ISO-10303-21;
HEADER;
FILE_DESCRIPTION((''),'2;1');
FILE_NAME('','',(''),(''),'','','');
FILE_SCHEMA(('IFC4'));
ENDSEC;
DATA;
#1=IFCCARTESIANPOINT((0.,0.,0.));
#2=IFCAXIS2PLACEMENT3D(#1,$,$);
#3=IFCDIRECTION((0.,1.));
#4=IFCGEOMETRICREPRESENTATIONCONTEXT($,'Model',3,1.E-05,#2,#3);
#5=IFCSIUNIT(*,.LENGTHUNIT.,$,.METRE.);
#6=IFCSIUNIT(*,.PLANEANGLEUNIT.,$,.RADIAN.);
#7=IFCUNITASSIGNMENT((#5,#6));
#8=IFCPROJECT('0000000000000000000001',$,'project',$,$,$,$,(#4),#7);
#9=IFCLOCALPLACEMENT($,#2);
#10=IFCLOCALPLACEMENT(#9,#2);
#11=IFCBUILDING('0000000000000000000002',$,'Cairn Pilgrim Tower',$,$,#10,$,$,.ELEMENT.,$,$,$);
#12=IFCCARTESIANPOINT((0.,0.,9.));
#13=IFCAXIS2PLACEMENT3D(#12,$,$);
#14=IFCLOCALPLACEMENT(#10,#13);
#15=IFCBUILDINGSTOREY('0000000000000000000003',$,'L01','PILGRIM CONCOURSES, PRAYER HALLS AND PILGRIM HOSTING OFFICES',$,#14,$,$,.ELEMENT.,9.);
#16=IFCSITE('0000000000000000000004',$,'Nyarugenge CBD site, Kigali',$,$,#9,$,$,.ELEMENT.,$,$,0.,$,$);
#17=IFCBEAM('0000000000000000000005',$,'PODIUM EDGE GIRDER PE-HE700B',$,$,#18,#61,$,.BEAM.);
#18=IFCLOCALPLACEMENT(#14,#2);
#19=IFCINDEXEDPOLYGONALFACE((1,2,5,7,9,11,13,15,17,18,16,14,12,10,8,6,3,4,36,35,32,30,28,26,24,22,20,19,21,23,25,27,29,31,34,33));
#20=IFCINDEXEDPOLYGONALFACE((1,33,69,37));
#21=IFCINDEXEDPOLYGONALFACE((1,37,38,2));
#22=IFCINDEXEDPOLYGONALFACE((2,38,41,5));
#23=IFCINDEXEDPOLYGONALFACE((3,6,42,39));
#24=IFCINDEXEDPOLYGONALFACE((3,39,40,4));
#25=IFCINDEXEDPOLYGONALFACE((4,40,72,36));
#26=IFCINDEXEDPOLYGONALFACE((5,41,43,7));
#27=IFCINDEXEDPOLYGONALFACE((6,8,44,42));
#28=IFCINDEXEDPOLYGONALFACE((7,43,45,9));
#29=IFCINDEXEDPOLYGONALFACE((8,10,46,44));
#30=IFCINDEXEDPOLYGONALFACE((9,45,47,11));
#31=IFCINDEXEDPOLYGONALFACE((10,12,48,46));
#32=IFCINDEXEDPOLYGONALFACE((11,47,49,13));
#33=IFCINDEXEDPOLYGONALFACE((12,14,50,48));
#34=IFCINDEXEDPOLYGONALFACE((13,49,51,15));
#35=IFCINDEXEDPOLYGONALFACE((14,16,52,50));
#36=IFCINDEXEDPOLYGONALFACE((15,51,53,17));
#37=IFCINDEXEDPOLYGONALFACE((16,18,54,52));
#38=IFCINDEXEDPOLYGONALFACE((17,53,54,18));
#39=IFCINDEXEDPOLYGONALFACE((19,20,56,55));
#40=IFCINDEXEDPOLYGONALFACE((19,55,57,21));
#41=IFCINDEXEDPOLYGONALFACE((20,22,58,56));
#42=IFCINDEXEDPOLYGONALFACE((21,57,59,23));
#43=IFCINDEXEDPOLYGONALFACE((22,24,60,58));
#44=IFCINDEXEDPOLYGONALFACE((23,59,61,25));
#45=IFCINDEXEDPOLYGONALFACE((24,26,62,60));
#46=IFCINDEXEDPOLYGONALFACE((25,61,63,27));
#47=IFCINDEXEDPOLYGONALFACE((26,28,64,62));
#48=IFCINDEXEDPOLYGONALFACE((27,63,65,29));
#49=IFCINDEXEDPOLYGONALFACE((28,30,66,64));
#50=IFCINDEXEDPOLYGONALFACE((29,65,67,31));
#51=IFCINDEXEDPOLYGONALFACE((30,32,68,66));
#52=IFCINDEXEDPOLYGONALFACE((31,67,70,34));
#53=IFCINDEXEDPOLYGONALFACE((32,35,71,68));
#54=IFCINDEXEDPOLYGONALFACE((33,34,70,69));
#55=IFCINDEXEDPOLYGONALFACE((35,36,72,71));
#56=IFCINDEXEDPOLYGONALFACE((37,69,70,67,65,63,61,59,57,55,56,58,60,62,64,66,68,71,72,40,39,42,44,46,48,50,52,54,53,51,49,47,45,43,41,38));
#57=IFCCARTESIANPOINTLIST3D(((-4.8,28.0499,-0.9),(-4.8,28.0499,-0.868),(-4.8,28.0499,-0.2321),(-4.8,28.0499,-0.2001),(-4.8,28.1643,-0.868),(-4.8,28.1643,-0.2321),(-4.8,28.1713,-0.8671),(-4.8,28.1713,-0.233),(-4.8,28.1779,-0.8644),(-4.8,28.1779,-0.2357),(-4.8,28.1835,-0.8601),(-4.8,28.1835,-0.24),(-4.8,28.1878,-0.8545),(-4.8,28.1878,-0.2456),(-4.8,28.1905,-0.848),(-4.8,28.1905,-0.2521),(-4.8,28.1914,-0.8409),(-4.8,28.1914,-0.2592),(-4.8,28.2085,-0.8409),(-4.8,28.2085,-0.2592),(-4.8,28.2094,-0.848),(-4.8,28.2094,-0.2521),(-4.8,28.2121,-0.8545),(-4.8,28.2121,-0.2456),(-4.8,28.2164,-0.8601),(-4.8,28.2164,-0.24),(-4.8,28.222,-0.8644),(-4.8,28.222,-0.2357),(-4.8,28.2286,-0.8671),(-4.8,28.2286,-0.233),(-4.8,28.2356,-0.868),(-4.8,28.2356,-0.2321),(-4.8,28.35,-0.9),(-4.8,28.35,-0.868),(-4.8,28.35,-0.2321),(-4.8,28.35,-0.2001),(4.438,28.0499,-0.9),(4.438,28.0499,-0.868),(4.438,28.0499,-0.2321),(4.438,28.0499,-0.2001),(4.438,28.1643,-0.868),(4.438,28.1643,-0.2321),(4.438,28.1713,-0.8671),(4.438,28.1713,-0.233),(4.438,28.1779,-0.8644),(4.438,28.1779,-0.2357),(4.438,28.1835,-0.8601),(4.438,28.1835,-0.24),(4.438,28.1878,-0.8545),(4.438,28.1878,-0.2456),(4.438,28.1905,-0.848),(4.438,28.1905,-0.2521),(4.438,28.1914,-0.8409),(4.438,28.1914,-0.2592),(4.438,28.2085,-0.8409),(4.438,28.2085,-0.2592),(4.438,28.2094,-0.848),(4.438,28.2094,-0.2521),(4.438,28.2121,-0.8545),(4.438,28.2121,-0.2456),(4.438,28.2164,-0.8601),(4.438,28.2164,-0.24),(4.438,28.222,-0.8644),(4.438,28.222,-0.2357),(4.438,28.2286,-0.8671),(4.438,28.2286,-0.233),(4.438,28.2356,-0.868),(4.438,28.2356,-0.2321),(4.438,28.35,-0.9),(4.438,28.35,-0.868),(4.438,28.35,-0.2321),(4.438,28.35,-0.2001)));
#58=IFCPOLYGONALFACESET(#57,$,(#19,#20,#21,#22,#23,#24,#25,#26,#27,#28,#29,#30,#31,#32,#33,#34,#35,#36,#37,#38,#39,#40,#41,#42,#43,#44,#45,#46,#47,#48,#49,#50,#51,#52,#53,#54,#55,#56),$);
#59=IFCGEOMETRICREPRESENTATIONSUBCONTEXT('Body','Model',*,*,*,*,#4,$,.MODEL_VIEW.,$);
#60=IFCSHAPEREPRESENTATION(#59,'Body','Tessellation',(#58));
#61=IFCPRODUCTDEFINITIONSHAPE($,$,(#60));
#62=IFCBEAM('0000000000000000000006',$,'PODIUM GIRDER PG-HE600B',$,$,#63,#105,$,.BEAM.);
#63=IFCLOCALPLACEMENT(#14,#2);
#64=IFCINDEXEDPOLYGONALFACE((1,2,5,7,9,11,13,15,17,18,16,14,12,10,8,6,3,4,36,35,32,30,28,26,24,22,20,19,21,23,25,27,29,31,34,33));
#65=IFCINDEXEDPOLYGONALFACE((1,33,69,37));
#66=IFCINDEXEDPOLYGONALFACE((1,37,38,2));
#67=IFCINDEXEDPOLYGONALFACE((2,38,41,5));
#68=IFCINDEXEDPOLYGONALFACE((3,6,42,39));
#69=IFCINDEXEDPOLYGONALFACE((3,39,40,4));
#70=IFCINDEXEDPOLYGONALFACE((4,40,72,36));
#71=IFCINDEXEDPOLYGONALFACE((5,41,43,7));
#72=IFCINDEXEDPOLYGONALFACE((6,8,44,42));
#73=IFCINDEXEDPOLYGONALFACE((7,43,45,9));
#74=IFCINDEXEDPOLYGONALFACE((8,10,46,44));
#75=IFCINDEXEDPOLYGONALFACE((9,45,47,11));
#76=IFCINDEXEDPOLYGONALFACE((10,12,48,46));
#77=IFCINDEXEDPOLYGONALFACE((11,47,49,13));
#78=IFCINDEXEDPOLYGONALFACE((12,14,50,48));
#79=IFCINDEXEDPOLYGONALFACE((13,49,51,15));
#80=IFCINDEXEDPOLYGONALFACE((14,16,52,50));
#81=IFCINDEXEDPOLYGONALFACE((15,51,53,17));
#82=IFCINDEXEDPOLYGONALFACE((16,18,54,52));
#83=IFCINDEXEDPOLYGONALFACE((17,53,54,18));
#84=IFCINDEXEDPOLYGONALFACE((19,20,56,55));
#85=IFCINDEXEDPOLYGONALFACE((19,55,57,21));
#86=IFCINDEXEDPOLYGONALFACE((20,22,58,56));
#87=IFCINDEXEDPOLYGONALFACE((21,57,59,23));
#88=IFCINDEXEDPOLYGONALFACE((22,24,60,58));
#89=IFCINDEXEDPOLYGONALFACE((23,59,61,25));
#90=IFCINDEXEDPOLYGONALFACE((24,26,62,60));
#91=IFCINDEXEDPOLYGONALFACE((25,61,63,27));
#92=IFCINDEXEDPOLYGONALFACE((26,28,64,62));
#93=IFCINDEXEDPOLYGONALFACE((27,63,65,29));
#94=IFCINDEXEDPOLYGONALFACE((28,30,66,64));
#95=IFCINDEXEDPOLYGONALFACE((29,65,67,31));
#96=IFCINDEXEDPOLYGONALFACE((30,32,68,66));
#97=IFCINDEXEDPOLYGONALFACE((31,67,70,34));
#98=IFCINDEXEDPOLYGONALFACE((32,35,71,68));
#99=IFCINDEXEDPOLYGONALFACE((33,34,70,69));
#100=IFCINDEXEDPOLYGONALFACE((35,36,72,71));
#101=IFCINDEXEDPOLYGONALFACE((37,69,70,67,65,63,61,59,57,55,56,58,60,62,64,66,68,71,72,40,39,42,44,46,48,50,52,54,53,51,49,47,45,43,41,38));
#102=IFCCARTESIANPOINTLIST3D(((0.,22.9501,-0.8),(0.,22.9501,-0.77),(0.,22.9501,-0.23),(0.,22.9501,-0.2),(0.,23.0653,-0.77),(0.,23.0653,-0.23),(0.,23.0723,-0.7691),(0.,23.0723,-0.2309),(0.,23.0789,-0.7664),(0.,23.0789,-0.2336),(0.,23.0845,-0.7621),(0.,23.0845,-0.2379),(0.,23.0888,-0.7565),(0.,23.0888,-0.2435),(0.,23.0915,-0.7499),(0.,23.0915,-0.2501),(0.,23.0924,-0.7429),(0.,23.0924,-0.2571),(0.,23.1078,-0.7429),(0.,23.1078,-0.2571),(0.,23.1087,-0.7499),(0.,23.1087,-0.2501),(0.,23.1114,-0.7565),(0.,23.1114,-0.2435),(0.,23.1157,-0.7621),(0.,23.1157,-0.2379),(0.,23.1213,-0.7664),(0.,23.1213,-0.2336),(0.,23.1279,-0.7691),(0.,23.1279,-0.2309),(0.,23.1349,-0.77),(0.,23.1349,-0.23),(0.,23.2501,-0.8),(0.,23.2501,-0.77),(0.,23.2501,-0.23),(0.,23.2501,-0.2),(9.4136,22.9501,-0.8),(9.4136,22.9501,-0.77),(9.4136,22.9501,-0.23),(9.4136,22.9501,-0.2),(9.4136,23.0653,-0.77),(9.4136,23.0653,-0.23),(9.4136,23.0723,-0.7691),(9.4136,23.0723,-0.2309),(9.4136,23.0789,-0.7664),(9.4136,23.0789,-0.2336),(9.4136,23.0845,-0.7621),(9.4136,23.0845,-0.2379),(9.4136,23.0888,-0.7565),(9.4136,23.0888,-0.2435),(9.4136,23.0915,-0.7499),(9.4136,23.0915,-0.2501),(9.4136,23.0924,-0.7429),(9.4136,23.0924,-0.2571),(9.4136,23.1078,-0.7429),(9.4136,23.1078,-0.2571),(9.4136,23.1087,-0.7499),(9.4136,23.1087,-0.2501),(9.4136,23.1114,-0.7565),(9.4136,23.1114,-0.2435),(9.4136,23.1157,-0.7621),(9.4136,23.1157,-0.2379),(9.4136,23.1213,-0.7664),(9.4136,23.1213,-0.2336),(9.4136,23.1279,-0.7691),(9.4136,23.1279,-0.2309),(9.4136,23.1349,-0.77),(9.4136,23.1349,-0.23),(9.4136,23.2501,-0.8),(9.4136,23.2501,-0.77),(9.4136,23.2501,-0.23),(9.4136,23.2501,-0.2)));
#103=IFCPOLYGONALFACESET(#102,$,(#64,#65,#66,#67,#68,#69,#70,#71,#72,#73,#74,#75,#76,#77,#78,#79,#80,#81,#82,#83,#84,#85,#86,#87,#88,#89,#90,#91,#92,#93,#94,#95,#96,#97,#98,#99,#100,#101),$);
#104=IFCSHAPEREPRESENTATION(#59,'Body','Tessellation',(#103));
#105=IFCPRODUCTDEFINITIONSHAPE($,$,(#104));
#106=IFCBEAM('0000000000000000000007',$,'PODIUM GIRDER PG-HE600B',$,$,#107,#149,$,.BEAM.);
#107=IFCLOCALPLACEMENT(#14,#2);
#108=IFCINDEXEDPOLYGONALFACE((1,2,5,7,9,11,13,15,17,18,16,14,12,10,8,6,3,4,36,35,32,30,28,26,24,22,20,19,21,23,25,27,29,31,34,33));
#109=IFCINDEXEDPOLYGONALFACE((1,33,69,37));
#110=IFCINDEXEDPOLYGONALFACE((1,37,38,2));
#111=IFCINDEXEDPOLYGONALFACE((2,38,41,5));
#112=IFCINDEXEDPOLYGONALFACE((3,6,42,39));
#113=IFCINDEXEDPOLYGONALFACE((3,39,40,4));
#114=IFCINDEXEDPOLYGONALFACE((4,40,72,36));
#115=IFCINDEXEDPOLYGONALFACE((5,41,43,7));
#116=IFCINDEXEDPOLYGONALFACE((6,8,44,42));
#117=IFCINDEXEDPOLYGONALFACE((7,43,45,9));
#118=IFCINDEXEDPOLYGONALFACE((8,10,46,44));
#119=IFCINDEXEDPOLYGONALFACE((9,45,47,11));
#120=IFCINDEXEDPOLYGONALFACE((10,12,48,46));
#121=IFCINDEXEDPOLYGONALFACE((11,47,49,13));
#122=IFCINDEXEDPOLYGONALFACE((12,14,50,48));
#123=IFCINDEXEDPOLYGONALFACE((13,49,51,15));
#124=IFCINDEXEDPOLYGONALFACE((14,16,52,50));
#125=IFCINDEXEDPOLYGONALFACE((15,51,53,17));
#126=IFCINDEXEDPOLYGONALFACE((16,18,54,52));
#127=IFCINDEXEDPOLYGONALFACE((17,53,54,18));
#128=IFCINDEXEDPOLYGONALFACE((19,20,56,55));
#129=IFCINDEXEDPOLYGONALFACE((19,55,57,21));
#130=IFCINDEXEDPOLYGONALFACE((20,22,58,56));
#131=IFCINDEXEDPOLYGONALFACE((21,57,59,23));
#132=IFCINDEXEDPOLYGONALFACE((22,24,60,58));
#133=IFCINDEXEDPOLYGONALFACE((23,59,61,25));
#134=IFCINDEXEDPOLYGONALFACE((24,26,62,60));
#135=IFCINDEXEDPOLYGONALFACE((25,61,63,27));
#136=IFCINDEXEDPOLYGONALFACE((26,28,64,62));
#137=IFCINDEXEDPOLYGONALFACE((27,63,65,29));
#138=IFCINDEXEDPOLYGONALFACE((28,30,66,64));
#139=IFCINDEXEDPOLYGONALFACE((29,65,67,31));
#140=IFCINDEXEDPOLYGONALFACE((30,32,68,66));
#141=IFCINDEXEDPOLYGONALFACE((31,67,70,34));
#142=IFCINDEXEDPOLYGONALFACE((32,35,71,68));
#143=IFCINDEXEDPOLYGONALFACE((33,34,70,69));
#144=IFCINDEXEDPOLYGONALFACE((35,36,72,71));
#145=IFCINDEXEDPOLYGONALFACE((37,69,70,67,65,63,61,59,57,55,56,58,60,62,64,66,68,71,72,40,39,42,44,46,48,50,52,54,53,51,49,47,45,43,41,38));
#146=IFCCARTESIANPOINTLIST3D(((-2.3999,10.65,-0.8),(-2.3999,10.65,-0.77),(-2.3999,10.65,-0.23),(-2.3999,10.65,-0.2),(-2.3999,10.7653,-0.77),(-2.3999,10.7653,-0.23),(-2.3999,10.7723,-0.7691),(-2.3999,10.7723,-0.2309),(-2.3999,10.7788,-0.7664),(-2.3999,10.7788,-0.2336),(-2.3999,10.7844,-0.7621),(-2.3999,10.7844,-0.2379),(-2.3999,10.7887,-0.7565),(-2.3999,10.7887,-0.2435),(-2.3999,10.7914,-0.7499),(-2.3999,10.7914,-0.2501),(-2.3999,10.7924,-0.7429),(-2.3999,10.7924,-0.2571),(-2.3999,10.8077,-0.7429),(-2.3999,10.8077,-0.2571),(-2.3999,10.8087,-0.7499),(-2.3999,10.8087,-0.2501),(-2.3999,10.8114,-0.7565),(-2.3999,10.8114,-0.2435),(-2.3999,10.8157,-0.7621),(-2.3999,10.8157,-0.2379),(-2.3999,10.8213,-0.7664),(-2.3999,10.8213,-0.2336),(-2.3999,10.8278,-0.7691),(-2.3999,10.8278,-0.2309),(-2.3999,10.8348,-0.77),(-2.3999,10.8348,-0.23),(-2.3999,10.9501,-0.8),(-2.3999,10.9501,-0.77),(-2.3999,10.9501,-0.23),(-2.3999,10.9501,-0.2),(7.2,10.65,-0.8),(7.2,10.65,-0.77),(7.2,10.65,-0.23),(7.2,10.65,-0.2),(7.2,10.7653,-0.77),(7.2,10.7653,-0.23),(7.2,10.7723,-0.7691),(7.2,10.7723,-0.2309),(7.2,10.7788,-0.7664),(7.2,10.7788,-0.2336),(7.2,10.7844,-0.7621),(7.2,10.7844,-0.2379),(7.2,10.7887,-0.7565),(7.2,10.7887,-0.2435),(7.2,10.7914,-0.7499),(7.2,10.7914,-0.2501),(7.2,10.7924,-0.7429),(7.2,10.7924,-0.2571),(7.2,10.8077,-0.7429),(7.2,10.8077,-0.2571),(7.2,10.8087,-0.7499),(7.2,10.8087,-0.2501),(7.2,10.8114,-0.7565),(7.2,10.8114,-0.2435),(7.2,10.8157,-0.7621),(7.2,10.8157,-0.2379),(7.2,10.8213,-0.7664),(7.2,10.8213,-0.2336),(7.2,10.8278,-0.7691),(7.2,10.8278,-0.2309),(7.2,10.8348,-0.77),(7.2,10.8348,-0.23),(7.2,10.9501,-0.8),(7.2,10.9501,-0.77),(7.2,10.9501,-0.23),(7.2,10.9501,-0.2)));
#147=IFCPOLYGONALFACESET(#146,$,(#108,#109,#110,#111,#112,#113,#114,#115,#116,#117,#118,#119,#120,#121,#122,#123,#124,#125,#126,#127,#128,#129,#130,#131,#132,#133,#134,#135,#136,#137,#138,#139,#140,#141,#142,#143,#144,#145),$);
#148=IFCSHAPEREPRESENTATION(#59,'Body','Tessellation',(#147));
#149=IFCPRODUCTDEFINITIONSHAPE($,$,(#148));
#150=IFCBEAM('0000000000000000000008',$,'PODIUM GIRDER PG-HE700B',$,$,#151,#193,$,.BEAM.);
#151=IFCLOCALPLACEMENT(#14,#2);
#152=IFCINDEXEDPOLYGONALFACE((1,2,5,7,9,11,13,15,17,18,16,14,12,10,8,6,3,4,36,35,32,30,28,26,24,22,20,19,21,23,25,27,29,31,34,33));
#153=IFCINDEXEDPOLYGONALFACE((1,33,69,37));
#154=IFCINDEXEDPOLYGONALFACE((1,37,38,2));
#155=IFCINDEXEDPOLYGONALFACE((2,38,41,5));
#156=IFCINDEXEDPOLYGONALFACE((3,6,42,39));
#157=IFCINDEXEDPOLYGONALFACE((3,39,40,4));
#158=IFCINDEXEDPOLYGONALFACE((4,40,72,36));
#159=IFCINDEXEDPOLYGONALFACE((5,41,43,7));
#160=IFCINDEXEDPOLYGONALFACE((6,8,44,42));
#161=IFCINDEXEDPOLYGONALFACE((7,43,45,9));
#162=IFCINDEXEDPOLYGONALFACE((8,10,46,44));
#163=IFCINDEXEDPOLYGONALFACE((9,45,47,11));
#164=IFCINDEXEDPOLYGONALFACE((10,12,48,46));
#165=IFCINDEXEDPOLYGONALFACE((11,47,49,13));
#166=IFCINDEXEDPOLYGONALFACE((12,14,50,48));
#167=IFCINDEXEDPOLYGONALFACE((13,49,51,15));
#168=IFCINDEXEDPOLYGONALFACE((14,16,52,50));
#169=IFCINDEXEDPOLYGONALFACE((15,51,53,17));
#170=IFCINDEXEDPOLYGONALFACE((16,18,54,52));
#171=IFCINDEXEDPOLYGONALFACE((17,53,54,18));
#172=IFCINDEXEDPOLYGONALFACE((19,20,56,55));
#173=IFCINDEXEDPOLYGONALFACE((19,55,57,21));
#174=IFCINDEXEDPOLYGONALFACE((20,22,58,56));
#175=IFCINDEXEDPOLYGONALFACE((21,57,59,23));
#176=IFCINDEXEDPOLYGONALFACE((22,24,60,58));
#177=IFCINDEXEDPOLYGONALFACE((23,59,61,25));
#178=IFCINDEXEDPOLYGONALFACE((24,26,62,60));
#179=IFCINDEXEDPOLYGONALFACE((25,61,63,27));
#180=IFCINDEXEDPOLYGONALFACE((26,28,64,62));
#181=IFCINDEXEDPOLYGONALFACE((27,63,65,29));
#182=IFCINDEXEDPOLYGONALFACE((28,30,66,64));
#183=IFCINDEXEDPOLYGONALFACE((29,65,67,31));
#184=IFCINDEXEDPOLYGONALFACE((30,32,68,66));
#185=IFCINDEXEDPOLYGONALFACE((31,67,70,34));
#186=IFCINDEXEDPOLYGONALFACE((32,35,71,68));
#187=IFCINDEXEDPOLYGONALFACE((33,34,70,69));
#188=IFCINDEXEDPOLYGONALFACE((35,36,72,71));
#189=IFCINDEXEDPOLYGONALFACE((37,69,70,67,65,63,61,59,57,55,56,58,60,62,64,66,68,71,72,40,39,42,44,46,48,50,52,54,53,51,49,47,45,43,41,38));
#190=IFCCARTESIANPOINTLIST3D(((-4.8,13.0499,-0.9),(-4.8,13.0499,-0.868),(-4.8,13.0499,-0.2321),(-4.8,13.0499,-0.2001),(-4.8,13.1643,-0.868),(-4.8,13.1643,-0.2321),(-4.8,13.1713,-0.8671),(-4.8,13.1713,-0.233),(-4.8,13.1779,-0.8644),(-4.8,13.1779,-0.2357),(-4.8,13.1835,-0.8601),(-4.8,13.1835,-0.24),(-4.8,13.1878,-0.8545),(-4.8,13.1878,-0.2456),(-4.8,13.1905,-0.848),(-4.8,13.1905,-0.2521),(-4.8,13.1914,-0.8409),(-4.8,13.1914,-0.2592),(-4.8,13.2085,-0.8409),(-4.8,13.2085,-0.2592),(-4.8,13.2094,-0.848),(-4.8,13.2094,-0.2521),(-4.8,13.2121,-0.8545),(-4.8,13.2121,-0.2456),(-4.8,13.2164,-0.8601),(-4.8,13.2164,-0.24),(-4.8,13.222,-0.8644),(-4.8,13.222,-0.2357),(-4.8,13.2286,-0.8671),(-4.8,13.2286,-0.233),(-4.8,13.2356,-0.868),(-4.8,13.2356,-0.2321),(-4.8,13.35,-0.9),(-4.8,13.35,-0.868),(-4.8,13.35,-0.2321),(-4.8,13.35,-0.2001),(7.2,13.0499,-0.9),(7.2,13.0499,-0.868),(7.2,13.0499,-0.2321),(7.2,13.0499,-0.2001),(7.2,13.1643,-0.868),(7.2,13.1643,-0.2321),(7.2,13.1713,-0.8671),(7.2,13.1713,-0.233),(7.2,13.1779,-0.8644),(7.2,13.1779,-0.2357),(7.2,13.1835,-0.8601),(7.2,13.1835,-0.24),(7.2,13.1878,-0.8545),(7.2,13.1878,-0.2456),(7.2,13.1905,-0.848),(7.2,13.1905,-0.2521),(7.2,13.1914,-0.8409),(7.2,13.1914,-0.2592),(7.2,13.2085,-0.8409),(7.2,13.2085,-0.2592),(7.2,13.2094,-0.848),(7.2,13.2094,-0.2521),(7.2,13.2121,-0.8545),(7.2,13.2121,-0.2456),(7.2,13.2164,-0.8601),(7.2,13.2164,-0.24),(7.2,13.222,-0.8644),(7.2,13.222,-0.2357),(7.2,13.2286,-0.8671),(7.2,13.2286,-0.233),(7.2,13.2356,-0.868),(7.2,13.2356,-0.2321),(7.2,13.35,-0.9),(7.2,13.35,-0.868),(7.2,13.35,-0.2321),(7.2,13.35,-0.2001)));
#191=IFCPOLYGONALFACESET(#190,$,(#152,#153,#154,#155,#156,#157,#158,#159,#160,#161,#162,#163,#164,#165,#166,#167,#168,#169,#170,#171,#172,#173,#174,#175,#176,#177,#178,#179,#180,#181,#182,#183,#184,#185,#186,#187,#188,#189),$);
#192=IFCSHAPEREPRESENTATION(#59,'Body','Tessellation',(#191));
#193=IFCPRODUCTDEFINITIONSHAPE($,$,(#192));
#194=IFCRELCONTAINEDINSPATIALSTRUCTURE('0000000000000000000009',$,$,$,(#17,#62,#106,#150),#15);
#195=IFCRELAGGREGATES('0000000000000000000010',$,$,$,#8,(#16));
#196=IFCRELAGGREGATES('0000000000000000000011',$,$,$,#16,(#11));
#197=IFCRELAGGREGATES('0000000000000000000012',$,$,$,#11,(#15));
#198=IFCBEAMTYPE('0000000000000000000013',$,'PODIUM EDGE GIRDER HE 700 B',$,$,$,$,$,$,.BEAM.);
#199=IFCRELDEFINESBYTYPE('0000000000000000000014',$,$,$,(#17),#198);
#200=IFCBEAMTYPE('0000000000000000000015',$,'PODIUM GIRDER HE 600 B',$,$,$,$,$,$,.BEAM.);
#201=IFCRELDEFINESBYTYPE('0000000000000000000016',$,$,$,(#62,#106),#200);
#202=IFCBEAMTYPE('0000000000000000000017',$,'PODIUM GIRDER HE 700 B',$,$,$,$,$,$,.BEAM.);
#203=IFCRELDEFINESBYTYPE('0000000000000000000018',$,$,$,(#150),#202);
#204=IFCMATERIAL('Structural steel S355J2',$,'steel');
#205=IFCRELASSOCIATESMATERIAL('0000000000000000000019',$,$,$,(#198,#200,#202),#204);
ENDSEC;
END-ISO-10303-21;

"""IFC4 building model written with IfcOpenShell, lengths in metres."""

from ifc_helpers import new_model, si_unit, direction, frame, origin, origin_2d, place, context, subcontext, project, spatial, i_section, extrude, material, material_profile, profile_set, type_object, element, save


model = new_model("IFC4")

# Units and contexts
model_context = context("Model", 3, precision=1e-05, world=origin(), true_north=direction((0.0, 1.0)))
body_context = subcontext(model_context, "Body", "Model", "MODEL_VIEW")
ifc_project = project(units=[si_unit("LENGTHUNIT", "METRE"), si_unit("PLANEANGLEUNIT", "RADIAN")], contexts=[model_context])

# Site, building, storey
site_placement = place(None, origin())
site = spatial("IfcSite", under=ifc_project, at=site_placement, Name="Nyarugenge CBD site, Kigali", CompositionType="ELEMENT", RefElevation=0.0)
building_placement = place(site_placement, origin())
building = spatial("IfcBuilding", under=site, at=building_placement, Name="Cairn Pilgrim Tower", CompositionType="ELEMENT")
storey_placement = place(building_placement, frame((0.0, 0.0, 9.0)))
storey = spatial("IfcBuildingStorey", under=building, at=storey_placement, Name="L01", Description="PILGRIM CONCOURSES, PRAYER HALLS AND PILGRIM HOSTING OFFICES", CompositionType="ELEMENT", Elevation=9.0)

# Beams
ifc_material_1 = material(Name="Structural steel S355J2", Category="steel")
ifc_material_profile_1 = material_profile(ifc_material_1, i_section(OverallWidth=0.3, OverallDepth=0.7, WebThickness=0.0171, FlangeThickness=0.032, FilletRadius=0.0271, at=origin_2d()), Name="HEB 700")
ifc_profile_set_1 = profile_set([ifc_material_profile_1], Name="Structural steel S355J2")
beam_type_1 = type_object("IfcBeamType", Name="PODIUM EDGE GIRDER HE 700 B", PredefinedType="BEAM", material=ifc_profile_set_1)
beam_1_placement = place(storey_placement, frame((4.438, 28.2, -0.55), z_axis=(-1.0, 0.0, 0.0), x_axis=(0.0, -1.0, 0.0)))
element("IfcBeam", 1, at=beam_1_placement, inside=storey, type_object=beam_type_1, Name="PODIUM EDGE GIRDER PE-HE700B", PredefinedType="BEAM", context=body_context, shape_type="SweptSolid", body=[
    extrude(i_section(OverallWidth=0.3, OverallDepth=0.7, WebThickness=0.0171, FlangeThickness=0.032, FilletRadius=0.0271, at=origin_2d()), origin(), (0.0, 0.0, 1.0), 9.238),
])
ifc_material_profile_2 = material_profile(ifc_material_1, i_section(OverallWidth=0.3, OverallDepth=0.6001, WebThickness=0.0154, FlangeThickness=0.03, FilletRadius=0.0271, at=origin_2d()), Name="HEB 600")
ifc_profile_set_2 = profile_set([ifc_material_profile_2], Name="Structural steel S355J2")
beam_type_2 = type_object("IfcBeamType", Name="PODIUM GIRDER HE 600 B", PredefinedType="BEAM", material=ifc_profile_set_2)
beam_2_placement = place(storey_placement, frame((9.4136, 23.1001, -0.5), z_axis=(-1.0, 0.0, 0.0), x_axis=(0.0, -1.0, 0.0)))
element("IfcBeam", 2, at=beam_2_placement, inside=storey, type_object=beam_type_2, Name="PODIUM GIRDER PG-HE600B", PredefinedType="BEAM", context=body_context, shape_type="SweptSolid", body=[
    extrude(i_section(OverallWidth=0.3, OverallDepth=0.6001, WebThickness=0.0154, FlangeThickness=0.03, FilletRadius=0.0271, at=origin_2d()), origin(), (0.0, 0.0, 1.0), 9.4136),
])
beam_3_placement = place(storey_placement, frame((7.2, 10.8, -0.5), z_axis=(-1.0, 0.0, 0.0), x_axis=(0.0, -1.0, 0.0)))
element("IfcBeam", 3, at=beam_3_placement, inside=storey, type_object=beam_type_2, Name="PODIUM GIRDER PG-HE600B", PredefinedType="BEAM", context=body_context, shape_type="SweptSolid", body=[
    extrude(i_section(OverallWidth=0.3, OverallDepth=0.6001, WebThickness=0.0154, FlangeThickness=0.03, FilletRadius=0.0271, at=origin_2d()), origin(), (0.0, 0.0, 1.0), 9.5999),
])
ifc_material_profile_3 = material_profile(ifc_material_1, i_section(OverallWidth=0.3, OverallDepth=0.7, WebThickness=0.0171, FlangeThickness=0.032, FilletRadius=0.0271, at=origin_2d()), Name="HEB 700")
ifc_profile_set_3 = profile_set([ifc_material_profile_3], Name="Structural steel S355J2")
beam_type_3 = type_object("IfcBeamType", Name="PODIUM GIRDER HE 700 B", PredefinedType="BEAM", material=ifc_profile_set_3)
beam_4_placement = place(storey_placement, frame((7.2, 13.2, -0.55), z_axis=(-1.0, 0.0, 0.0), x_axis=(0.0, -1.0, 0.0)))
element("IfcBeam", 4, at=beam_4_placement, inside=storey, type_object=beam_type_3, Name="PODIUM GIRDER PG-HE700B", PredefinedType="BEAM", context=body_context, shape_type="SweptSolid", body=[
    extrude(i_section(OverallWidth=0.3, OverallDepth=0.7, WebThickness=0.0171, FlangeThickness=0.032, FilletRadius=0.0271, at=origin_2d()), origin(), (0.0, 0.0, 1.0), 12.0),
])

save(model, "model.ifc")
